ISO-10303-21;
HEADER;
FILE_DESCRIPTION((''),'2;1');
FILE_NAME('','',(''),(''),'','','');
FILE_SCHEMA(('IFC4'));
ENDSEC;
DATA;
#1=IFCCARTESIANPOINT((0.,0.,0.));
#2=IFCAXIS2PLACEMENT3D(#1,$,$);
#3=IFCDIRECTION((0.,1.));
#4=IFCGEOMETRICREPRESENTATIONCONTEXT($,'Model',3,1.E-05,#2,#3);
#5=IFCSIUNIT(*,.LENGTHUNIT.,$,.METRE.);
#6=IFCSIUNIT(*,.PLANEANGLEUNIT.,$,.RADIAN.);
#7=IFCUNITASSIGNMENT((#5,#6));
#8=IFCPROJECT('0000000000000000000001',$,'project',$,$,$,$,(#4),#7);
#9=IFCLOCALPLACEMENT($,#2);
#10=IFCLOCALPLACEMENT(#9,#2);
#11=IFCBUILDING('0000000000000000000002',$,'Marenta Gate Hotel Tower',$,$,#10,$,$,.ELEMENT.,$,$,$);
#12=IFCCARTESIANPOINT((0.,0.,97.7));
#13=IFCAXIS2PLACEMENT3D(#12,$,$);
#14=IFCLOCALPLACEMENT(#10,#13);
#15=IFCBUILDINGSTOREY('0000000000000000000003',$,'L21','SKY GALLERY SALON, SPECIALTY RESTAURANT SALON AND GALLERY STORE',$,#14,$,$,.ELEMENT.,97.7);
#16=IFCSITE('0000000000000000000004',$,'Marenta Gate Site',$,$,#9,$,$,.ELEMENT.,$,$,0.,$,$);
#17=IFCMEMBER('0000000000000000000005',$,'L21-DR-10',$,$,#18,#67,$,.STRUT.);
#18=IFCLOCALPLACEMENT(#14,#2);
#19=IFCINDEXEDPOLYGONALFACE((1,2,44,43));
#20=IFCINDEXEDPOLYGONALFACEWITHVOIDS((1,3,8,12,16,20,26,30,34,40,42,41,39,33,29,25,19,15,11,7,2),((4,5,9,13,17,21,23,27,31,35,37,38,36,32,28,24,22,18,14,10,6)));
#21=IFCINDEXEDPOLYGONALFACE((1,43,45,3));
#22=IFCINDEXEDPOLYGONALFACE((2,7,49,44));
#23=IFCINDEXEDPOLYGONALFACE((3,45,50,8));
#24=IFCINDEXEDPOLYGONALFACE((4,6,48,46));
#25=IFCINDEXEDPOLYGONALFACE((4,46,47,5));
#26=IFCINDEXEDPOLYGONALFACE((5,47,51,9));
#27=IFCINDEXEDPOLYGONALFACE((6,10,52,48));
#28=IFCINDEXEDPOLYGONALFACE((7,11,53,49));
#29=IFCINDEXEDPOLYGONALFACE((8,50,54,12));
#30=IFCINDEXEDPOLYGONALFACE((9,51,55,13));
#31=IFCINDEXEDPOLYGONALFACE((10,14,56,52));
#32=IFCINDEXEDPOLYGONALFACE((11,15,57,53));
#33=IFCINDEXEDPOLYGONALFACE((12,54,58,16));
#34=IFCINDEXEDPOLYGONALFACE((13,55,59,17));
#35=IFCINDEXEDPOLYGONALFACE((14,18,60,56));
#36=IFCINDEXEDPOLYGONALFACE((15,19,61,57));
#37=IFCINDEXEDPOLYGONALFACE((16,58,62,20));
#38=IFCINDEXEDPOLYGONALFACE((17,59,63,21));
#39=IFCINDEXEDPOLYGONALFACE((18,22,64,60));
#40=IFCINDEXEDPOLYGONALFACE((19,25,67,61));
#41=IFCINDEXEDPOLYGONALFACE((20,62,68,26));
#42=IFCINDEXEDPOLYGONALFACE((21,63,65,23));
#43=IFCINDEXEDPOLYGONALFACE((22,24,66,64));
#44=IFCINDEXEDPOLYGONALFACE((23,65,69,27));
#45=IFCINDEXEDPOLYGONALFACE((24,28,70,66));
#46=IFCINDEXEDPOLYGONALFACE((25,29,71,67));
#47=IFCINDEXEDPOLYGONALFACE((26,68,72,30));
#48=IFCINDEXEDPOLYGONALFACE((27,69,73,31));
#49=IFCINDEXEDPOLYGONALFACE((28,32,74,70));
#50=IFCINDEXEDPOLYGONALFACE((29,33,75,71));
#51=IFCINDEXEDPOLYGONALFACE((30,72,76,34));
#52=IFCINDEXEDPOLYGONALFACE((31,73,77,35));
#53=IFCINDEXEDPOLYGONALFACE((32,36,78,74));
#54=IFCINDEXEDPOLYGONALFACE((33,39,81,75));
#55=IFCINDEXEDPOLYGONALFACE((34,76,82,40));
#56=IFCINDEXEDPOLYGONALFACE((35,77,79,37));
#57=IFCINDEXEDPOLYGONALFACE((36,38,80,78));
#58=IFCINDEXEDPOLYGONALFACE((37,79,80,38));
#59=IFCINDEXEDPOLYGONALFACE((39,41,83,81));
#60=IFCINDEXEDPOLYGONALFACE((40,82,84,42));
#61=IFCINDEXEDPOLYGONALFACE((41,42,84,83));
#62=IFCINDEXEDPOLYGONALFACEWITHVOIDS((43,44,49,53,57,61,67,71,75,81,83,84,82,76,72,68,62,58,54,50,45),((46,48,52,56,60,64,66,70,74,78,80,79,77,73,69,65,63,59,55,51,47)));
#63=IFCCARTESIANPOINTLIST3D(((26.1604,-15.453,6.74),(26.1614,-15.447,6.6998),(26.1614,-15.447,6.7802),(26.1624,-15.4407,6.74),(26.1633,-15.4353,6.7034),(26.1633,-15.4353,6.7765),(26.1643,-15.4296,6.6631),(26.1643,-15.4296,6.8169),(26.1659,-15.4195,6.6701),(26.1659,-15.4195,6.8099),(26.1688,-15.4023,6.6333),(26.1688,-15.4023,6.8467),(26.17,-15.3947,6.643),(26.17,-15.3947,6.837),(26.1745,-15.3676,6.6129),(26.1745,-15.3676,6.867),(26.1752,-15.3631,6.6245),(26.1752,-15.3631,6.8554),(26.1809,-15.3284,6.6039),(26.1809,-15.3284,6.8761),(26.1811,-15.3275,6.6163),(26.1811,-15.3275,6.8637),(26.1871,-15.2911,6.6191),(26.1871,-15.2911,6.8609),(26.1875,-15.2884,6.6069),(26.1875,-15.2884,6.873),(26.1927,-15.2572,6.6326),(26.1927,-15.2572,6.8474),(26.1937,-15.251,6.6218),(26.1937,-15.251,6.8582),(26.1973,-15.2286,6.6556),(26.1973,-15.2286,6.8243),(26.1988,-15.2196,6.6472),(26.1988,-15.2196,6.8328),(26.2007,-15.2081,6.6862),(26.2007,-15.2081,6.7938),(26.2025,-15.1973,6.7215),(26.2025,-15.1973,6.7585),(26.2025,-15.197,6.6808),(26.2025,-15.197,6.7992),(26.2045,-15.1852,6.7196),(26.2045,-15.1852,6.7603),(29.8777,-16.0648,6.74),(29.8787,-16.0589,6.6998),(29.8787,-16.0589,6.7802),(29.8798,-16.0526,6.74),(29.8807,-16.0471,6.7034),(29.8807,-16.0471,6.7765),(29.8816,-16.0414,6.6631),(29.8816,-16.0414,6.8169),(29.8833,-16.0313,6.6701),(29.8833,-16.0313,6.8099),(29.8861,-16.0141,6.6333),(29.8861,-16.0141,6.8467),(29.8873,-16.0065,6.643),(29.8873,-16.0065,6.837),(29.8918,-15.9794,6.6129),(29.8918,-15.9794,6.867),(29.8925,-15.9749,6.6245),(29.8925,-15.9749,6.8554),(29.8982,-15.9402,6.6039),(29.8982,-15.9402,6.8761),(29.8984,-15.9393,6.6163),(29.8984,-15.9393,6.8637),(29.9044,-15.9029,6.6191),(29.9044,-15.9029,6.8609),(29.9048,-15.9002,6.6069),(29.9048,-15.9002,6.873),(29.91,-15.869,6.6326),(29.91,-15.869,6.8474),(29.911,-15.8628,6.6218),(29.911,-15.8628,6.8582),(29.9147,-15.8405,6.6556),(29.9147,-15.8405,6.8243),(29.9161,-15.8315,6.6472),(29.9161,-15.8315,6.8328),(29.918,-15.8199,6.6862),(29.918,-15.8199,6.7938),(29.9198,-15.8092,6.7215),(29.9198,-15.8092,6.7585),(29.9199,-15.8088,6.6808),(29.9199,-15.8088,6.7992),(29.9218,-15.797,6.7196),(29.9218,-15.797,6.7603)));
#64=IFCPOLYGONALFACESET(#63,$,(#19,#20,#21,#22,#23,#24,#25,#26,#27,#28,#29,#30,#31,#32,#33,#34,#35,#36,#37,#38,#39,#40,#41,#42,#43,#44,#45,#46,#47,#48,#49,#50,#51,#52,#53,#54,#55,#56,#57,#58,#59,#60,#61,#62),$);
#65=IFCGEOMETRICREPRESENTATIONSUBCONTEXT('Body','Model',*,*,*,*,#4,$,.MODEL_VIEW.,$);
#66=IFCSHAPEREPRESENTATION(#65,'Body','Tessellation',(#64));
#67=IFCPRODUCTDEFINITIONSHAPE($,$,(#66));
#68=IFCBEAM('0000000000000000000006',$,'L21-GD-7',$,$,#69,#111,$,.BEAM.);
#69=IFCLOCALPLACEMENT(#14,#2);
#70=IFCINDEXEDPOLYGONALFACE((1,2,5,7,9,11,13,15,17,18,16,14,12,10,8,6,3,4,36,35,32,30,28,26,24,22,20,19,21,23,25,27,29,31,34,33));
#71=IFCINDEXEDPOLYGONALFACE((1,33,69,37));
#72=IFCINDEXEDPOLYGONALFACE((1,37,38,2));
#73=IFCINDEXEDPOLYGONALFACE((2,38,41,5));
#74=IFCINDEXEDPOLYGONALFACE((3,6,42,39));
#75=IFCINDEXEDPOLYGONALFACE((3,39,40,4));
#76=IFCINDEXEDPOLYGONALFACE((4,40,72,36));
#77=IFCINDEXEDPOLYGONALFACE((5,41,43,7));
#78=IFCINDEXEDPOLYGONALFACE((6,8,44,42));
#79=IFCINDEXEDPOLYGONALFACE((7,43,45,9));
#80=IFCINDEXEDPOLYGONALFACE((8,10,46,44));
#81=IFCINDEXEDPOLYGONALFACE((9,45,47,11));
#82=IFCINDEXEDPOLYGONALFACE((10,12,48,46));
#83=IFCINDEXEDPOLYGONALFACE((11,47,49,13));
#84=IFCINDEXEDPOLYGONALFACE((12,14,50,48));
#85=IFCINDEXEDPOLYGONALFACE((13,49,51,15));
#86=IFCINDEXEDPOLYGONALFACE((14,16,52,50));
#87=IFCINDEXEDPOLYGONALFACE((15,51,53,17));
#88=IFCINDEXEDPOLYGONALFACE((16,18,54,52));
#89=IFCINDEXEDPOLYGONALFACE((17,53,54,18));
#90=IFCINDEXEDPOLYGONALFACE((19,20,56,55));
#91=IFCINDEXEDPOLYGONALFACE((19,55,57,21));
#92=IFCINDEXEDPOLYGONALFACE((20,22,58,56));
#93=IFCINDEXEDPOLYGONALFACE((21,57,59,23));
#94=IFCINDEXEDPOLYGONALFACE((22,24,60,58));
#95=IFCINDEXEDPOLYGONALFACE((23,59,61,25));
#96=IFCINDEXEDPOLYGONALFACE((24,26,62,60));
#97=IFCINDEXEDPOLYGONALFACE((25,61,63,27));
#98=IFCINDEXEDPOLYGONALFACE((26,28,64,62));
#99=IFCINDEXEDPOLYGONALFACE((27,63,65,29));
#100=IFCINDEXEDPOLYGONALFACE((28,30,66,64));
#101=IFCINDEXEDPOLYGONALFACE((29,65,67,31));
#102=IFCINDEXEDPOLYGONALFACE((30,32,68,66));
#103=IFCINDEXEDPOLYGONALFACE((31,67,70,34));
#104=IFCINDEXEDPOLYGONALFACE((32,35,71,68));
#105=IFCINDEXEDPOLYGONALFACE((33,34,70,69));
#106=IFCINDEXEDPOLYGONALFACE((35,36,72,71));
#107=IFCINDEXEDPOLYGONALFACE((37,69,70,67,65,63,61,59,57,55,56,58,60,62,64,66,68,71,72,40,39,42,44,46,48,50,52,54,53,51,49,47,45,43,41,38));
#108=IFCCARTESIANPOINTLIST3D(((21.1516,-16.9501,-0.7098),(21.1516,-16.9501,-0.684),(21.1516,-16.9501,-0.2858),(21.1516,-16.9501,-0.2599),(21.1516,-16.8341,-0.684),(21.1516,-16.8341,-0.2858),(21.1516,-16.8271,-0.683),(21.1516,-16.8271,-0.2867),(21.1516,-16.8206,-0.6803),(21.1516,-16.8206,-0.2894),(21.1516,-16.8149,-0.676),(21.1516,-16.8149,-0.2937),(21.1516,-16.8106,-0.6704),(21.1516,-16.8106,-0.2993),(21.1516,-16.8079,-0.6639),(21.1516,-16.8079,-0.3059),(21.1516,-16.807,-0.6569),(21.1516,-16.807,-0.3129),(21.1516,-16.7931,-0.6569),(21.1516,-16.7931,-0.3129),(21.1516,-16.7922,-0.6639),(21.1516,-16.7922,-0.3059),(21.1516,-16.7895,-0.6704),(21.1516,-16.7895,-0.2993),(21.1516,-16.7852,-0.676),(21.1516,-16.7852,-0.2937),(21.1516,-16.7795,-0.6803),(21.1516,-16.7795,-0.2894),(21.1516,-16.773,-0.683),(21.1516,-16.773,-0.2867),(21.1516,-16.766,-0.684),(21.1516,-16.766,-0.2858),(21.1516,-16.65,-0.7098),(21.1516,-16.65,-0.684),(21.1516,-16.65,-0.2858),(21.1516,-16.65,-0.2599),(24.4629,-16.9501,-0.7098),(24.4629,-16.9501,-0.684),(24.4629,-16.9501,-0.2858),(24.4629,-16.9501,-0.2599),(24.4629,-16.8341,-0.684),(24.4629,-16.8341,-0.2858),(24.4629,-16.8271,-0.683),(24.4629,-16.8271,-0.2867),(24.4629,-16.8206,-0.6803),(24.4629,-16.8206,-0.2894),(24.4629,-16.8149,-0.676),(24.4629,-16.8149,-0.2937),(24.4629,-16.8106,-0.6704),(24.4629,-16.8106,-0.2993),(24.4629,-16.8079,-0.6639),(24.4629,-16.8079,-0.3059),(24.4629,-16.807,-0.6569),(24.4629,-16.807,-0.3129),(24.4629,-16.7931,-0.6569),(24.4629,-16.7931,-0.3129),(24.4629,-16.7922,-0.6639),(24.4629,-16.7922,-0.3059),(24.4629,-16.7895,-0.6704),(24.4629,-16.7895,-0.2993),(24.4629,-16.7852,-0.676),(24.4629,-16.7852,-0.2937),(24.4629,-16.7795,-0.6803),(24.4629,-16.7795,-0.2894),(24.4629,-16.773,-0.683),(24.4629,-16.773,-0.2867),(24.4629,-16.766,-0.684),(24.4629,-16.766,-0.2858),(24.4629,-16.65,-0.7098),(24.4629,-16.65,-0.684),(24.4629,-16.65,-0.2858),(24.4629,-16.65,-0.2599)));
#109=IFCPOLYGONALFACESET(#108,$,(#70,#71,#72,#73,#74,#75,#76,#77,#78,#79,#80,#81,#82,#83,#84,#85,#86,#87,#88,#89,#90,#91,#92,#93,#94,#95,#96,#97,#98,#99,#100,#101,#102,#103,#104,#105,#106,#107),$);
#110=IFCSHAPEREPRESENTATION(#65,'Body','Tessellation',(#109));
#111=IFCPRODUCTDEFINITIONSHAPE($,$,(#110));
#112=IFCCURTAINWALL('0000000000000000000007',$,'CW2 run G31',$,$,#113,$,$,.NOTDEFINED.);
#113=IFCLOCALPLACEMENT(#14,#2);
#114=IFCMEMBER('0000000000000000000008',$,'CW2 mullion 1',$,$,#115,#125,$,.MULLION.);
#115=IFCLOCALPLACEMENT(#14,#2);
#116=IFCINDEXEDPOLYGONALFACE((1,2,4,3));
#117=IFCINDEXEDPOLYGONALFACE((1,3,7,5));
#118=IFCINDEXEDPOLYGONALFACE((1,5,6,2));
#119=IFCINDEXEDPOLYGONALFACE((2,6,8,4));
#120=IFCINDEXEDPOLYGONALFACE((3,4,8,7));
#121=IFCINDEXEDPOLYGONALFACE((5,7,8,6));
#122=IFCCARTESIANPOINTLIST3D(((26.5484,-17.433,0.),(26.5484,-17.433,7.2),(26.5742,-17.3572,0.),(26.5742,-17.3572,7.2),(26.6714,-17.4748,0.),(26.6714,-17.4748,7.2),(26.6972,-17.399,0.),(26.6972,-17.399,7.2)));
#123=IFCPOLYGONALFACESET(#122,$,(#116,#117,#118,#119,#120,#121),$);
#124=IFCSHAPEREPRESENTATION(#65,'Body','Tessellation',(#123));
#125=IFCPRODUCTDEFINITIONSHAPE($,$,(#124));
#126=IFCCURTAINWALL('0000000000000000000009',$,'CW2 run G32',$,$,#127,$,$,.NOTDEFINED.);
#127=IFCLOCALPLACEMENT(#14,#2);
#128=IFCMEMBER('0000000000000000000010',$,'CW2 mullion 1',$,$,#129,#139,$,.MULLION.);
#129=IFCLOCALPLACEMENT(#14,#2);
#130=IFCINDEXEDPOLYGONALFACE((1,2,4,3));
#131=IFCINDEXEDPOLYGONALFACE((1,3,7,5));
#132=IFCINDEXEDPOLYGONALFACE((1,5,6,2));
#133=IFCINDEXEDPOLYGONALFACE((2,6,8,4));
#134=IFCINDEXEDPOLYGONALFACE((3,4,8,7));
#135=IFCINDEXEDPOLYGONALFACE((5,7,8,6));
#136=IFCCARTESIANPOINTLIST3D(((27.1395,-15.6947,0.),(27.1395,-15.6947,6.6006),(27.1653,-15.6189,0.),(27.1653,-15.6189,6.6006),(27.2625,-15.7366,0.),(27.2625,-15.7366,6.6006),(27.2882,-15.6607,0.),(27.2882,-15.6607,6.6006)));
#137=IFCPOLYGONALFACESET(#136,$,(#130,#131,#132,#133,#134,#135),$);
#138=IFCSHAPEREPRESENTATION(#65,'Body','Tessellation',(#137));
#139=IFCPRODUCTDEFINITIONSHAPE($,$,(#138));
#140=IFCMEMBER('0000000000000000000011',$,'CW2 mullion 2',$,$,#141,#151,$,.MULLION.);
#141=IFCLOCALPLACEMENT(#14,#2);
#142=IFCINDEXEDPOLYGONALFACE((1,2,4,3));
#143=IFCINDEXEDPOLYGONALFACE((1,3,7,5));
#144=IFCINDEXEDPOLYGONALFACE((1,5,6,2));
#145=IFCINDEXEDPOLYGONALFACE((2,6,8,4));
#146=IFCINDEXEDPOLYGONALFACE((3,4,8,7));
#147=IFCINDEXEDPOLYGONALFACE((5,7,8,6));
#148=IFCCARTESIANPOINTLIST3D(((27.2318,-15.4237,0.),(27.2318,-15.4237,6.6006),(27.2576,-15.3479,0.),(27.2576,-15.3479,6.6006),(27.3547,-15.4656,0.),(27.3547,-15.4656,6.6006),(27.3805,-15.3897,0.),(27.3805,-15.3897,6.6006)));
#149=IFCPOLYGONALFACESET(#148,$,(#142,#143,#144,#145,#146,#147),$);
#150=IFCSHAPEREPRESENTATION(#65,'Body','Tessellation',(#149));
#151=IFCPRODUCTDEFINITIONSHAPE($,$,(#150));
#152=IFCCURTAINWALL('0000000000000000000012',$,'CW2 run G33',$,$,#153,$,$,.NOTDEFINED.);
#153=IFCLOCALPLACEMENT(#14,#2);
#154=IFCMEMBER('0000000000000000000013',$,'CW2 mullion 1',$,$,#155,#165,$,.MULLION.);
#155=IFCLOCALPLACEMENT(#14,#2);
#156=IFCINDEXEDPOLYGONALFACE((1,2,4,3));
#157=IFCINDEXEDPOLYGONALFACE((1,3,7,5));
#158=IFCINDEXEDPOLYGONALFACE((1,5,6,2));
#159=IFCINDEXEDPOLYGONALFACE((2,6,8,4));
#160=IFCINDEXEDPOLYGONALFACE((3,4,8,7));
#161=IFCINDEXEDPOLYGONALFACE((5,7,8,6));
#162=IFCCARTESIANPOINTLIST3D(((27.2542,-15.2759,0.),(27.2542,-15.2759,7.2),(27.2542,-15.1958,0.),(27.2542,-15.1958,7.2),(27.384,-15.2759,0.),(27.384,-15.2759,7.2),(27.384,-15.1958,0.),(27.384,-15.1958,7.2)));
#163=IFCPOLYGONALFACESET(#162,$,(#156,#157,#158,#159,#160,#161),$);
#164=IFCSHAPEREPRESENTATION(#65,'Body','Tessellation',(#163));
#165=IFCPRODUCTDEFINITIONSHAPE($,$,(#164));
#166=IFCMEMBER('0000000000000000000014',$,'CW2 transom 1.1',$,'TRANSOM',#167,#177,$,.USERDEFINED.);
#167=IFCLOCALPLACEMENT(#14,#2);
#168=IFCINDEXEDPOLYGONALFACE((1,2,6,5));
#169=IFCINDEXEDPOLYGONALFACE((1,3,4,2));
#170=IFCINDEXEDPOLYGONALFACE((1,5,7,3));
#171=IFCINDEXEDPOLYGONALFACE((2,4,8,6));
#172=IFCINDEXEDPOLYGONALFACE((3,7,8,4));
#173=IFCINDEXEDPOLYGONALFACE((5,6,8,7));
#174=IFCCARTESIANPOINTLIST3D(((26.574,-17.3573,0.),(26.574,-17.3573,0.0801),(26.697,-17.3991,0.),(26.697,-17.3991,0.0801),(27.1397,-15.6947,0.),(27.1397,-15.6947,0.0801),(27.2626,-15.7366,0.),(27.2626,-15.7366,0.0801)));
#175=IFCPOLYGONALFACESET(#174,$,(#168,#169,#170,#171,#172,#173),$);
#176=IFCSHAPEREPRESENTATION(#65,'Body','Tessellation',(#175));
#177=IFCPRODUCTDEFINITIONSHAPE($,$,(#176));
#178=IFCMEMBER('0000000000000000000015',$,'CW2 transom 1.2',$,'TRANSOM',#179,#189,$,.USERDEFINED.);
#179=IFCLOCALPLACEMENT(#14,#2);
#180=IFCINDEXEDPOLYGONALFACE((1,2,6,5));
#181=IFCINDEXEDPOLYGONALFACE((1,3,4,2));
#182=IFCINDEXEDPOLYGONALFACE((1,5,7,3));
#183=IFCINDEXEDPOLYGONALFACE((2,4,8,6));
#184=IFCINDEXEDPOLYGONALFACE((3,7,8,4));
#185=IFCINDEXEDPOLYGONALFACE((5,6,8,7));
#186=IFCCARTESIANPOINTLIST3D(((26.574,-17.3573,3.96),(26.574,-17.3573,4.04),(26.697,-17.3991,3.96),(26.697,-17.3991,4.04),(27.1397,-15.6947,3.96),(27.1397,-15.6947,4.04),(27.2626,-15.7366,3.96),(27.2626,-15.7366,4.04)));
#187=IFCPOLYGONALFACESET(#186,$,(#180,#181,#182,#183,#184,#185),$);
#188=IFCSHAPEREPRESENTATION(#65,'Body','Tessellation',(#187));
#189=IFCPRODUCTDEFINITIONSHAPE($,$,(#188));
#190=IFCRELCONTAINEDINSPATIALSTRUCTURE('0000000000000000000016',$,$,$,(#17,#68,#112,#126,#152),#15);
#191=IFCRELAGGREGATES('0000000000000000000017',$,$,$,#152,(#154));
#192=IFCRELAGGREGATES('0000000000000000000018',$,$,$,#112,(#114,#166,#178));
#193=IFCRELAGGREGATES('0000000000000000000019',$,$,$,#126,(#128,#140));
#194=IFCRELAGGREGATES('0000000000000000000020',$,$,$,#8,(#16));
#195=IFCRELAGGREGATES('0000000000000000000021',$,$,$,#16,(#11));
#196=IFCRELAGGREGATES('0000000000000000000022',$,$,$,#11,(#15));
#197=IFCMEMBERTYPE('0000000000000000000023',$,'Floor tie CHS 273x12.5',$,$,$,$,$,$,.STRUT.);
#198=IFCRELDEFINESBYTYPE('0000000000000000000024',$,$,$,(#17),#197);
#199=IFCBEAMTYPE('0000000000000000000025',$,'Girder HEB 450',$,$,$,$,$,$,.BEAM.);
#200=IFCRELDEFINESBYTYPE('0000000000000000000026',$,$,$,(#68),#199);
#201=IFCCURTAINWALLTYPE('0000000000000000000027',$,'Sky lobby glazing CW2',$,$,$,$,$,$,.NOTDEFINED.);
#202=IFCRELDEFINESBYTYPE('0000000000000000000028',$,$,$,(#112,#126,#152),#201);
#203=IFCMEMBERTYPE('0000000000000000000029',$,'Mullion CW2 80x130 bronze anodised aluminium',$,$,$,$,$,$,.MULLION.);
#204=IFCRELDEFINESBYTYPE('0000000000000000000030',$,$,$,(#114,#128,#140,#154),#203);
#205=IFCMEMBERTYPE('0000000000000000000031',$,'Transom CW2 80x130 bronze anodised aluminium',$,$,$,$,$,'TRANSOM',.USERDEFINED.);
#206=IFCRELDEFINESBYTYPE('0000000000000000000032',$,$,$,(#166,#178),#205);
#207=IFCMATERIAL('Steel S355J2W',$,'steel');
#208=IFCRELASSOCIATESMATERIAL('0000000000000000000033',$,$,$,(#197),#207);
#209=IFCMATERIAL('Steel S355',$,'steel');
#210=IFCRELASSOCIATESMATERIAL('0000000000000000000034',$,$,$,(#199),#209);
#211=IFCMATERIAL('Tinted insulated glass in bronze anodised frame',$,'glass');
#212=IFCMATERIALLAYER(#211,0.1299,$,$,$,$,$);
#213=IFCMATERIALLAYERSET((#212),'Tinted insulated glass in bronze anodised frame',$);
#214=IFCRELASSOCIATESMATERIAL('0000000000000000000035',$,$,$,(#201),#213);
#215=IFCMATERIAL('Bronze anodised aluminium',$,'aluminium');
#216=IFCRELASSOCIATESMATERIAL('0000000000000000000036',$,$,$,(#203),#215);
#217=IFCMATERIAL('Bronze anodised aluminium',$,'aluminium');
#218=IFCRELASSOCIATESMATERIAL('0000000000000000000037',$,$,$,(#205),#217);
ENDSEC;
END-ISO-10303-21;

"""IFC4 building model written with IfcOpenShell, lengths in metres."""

from ifc_helpers import new_model, si_unit, direction, frame, origin, origin_2d, place, context, subcontext, project, spatial, rectangle, hollow_circle, i_section, extrude, material, layer, layer_set, material_profile, profile_set, type_object, element, aggregate, save


model = new_model("IFC4")

# Units and contexts
model_context = context("Model", 3, precision=1e-05, world=origin(), true_north=direction((0.0, 1.0)))
body_context = subcontext(model_context, "Body", "Model", "MODEL_VIEW")
ifc_project = project(units=[si_unit("LENGTHUNIT", "METRE"), si_unit("PLANEANGLEUNIT", "RADIAN")], contexts=[model_context])

# Site, building, storey
site_placement = place(None, origin())
site = spatial("IfcSite", under=ifc_project, at=site_placement, Name="Marenta Gate Site", CompositionType="ELEMENT", RefElevation=0.0)
building_placement = place(site_placement, origin())
building = spatial("IfcBuilding", under=site, at=building_placement, Name="Marenta Gate Hotel Tower", CompositionType="ELEMENT")
storey_placement = place(building_placement, frame((0.0, 0.0, 97.7)))
storey = spatial("IfcBuildingStorey", under=building, at=storey_placement, Name="L21", Description="SKY GALLERY SALON, SPECIALTY RESTAURANT SALON AND GALLERY STORE", CompositionType="ELEMENT", Elevation=97.7)

# Member
ifc_material_1 = material(Name="Steel S355J2W", Category="steel")
ifc_material_profile_1 = material_profile(ifc_material_1, hollow_circle(Radius=0.1365, WallThickness=0.0125, at=origin_2d()), Name="CHS 273x12.5")
ifc_profile_set_1 = profile_set([ifc_material_profile_1], Name="Steel S355J2W")
member_type_1 = type_object("IfcMemberType", Name="Floor tie CHS 273x12.5", PredefinedType="STRUT", material=ifc_profile_set_1)
member_1_placement = place(storey_placement, frame((29.8999, -15.9302, 6.74), z_axis=(-0.986725, 0.162402, 0.0), x_axis=(-0.162402, -0.986725, 0.0)))
element("IfcMember", 1, at=member_1_placement, inside=storey, type_object=member_type_1, Name="L21-DR-10", PredefinedType="STRUT", context=body_context, shape_type="SweptSolid", body=[
    extrude(hollow_circle(Radius=0.1365, WallThickness=0.0125, at=origin_2d()), origin(), (0.0, 0.0, 1.0), 3.7673),
])

# Beam
ifc_material_2 = material(Name="Steel S355", Category="steel")
ifc_material_profile_2 = material_profile(ifc_material_2, i_section(OverallWidth=0.3, OverallDepth=0.45, WebThickness=0.0139, FlangeThickness=0.0259, FilletRadius=0.0271, at=origin_2d()), Name="HEB 450")
ifc_profile_set_2 = profile_set([ifc_material_profile_2], Name="Steel S355")
beam_type = type_object("IfcBeamType", Name="Girder HEB 450", PredefinedType="BEAM", material=ifc_profile_set_2)
beam_placement = place(storey_placement, frame((21.1516, -16.8, -0.4849), z_axis=(1.0, 0.0, 0.0), x_axis=(0.0, 1.0, 0.0)))
element("IfcBeam", 2, at=beam_placement, inside=storey, type_object=beam_type, Name="L21-GD-7", PredefinedType="BEAM", context=body_context, shape_type="SweptSolid", body=[
    extrude(i_section(OverallWidth=0.3, OverallDepth=0.45, WebThickness=0.0139, FlangeThickness=0.0259, FilletRadius=0.0271, at=origin_2d()), origin(), (0.0, 0.0, 1.0), 3.3113),
])

# Curtain wall, member
ifc_material_3 = material(Name="Tinted insulated glass in bronze anodised frame", Category="glass")
ifc_layer_1 = layer(ifc_material_3, 0.1299)
ifc_layer_set_1 = layer_set([ifc_layer_1], Name="Tinted insulated glass in bronze anodised frame")
curtain_wall_type = type_object("IfcCurtainWallType", Name="Sky lobby glazing CW2", PredefinedType="NOTDEFINED", material=ifc_layer_set_1)
curtain_wall_1_placement = place(storey_placement, origin())
curtain_wall_1 = element("IfcCurtainWall", 3, at=curtain_wall_1_placement, inside=storey, type_object=curtain_wall_type, Name="CW2 run G31", PredefinedType="NOTDEFINED")
ifc_material_4 = material(Name="Bronze anodised aluminium", Category="aluminium")
ifc_material_profile_3 = material_profile(ifc_material_4, rectangle(XDim=0.1299, YDim=0.0801, at=origin_2d()), Name="Mullion CW2 80x130 bronze anodised aluminium")
ifc_profile_set_3 = profile_set([ifc_material_profile_3], Name="Bronze anodised aluminium")
member_type_2 = type_object("IfcMemberType", Name="Mullion CW2 80x130 bronze anodised aluminium", PredefinedType="MULLION", material=ifc_profile_set_3)
member_2_placement = place(storey_placement, frame((26.6228, -17.416, 0.0), z_axis=(0.0, 0.0, 1.0), x_axis=(-0.946732, 0.322022, 0.0)))
member_2 = element("IfcMember", 4, at=member_2_placement, type_object=member_type_2, Name="CW2 mullion 1", PredefinedType="MULLION", context=body_context, shape_type="SweptSolid", body=[
    extrude(rectangle(XDim=0.1299, YDim=0.0801, at=origin_2d()), origin(), (0.0, 0.0, 1.0), 7.2),
])

# Curtain wall, members
curtain_wall_2_placement = place(storey_placement, origin())
curtain_wall_2 = element("IfcCurtainWall", 5, at=curtain_wall_2_placement, inside=storey, type_object=curtain_wall_type, Name="CW2 run G32", PredefinedType="NOTDEFINED")
member_3_placement = place(storey_placement, frame((27.2139, -15.6777, 0.0), z_axis=(0.0, 0.0, 1.0), x_axis=(-0.946726, 0.32204, 0.0)))
member_3 = element("IfcMember", 6, at=member_3_placement, type_object=member_type_2, Name="CW2 mullion 1", PredefinedType="MULLION", context=body_context, shape_type="SweptSolid", body=[
    extrude(rectangle(XDim=0.1299, YDim=0.0801, at=origin_2d()), origin(), (0.0, 0.0, 1.0), 6.6006),
])
member_4_placement = place(storey_placement, frame((27.3062, -15.4067, 0.0), z_axis=(0.0, 0.0, 1.0), x_axis=(-0.946726, 0.32204, 0.0)))
member_4 = element("IfcMember", 7, at=member_4_placement, type_object=member_type_2, Name="CW2 mullion 2", PredefinedType="MULLION", context=body_context, shape_type="SweptSolid", body=[
    extrude(rectangle(XDim=0.1299, YDim=0.0801, at=origin_2d()), origin(), (0.0, 0.0, 1.0), 6.6006),
])

# Curtain wall, member
curtain_wall_3_placement = place(storey_placement, origin())
curtain_wall_3 = element("IfcCurtainWall", 8, at=curtain_wall_3_placement, inside=storey, type_object=curtain_wall_type, Name="CW2 run G33", PredefinedType="NOTDEFINED")
member_5_placement = place(storey_placement, frame((27.3191, -15.2358, 0.0), z_axis=(0.0, 0.0, 1.0), x_axis=(-1.0, 0.0, 0.0)))
member_5 = element("IfcMember", 9, at=member_5_placement, type_object=member_type_2, Name="CW2 mullion 1", PredefinedType="MULLION", context=body_context, shape_type="SweptSolid", body=[
    extrude(rectangle(XDim=0.1299, YDim=0.0801, at=origin_2d()), origin(), (0.0, 0.0, 1.0), 7.2),
])

# Members
ifc_material_5 = material(Name="Bronze anodised aluminium", Category="aluminium")
ifc_material_profile_4 = material_profile(ifc_material_5, rectangle(XDim=0.1299, YDim=0.0801, at=origin_2d()), Name="Transom CW2 80x130 bronze anodised aluminium")
ifc_profile_set_4 = profile_set([ifc_material_profile_4], Name="Bronze anodised aluminium")
member_type_3 = type_object("IfcMemberType", Name="Transom CW2 80x130 bronze anodised aluminium", ElementType="TRANSOM", PredefinedType="USERDEFINED", material=ifc_profile_set_4)
member_6_placement = place(storey_placement, frame((26.6355, -17.3782, 0.04), z_axis=(0.322102, 0.946705, 0.0), x_axis=(-0.946705, 0.322102, 0.0)))
member_6 = element("IfcMember", 10, at=member_6_placement, type_object=member_type_3, Name="CW2 transom 1.1", ObjectType="TRANSOM", PredefinedType="USERDEFINED", context=body_context, shape_type="SweptSolid", body=[
    extrude(rectangle(XDim=0.1299, YDim=0.0801, at=origin_2d()), origin(), (0.0, 0.0, 1.0), 1.7561),
])
member_7_placement = place(storey_placement, frame((26.6355, -17.3782, 4.0), z_axis=(0.322102, 0.946705, 0.0), x_axis=(-0.946705, 0.322102, 0.0)))
member_7 = element("IfcMember", 11, at=member_7_placement, type_object=member_type_3, Name="CW2 transom 1.2", ObjectType="TRANSOM", PredefinedType="USERDEFINED", context=body_context, shape_type="SweptSolid", body=[
    extrude(rectangle(XDim=0.1299, YDim=0.0801, at=origin_2d()), origin(), (0.0, 0.0, 1.0), 1.7561),
])
aggregate(curtain_wall_3, [member_5])

aggregate(curtain_wall_1, [member_2, member_6, member_7])
aggregate(curtain_wall_2, [member_3, member_4])

save(model, "model.ifc")
